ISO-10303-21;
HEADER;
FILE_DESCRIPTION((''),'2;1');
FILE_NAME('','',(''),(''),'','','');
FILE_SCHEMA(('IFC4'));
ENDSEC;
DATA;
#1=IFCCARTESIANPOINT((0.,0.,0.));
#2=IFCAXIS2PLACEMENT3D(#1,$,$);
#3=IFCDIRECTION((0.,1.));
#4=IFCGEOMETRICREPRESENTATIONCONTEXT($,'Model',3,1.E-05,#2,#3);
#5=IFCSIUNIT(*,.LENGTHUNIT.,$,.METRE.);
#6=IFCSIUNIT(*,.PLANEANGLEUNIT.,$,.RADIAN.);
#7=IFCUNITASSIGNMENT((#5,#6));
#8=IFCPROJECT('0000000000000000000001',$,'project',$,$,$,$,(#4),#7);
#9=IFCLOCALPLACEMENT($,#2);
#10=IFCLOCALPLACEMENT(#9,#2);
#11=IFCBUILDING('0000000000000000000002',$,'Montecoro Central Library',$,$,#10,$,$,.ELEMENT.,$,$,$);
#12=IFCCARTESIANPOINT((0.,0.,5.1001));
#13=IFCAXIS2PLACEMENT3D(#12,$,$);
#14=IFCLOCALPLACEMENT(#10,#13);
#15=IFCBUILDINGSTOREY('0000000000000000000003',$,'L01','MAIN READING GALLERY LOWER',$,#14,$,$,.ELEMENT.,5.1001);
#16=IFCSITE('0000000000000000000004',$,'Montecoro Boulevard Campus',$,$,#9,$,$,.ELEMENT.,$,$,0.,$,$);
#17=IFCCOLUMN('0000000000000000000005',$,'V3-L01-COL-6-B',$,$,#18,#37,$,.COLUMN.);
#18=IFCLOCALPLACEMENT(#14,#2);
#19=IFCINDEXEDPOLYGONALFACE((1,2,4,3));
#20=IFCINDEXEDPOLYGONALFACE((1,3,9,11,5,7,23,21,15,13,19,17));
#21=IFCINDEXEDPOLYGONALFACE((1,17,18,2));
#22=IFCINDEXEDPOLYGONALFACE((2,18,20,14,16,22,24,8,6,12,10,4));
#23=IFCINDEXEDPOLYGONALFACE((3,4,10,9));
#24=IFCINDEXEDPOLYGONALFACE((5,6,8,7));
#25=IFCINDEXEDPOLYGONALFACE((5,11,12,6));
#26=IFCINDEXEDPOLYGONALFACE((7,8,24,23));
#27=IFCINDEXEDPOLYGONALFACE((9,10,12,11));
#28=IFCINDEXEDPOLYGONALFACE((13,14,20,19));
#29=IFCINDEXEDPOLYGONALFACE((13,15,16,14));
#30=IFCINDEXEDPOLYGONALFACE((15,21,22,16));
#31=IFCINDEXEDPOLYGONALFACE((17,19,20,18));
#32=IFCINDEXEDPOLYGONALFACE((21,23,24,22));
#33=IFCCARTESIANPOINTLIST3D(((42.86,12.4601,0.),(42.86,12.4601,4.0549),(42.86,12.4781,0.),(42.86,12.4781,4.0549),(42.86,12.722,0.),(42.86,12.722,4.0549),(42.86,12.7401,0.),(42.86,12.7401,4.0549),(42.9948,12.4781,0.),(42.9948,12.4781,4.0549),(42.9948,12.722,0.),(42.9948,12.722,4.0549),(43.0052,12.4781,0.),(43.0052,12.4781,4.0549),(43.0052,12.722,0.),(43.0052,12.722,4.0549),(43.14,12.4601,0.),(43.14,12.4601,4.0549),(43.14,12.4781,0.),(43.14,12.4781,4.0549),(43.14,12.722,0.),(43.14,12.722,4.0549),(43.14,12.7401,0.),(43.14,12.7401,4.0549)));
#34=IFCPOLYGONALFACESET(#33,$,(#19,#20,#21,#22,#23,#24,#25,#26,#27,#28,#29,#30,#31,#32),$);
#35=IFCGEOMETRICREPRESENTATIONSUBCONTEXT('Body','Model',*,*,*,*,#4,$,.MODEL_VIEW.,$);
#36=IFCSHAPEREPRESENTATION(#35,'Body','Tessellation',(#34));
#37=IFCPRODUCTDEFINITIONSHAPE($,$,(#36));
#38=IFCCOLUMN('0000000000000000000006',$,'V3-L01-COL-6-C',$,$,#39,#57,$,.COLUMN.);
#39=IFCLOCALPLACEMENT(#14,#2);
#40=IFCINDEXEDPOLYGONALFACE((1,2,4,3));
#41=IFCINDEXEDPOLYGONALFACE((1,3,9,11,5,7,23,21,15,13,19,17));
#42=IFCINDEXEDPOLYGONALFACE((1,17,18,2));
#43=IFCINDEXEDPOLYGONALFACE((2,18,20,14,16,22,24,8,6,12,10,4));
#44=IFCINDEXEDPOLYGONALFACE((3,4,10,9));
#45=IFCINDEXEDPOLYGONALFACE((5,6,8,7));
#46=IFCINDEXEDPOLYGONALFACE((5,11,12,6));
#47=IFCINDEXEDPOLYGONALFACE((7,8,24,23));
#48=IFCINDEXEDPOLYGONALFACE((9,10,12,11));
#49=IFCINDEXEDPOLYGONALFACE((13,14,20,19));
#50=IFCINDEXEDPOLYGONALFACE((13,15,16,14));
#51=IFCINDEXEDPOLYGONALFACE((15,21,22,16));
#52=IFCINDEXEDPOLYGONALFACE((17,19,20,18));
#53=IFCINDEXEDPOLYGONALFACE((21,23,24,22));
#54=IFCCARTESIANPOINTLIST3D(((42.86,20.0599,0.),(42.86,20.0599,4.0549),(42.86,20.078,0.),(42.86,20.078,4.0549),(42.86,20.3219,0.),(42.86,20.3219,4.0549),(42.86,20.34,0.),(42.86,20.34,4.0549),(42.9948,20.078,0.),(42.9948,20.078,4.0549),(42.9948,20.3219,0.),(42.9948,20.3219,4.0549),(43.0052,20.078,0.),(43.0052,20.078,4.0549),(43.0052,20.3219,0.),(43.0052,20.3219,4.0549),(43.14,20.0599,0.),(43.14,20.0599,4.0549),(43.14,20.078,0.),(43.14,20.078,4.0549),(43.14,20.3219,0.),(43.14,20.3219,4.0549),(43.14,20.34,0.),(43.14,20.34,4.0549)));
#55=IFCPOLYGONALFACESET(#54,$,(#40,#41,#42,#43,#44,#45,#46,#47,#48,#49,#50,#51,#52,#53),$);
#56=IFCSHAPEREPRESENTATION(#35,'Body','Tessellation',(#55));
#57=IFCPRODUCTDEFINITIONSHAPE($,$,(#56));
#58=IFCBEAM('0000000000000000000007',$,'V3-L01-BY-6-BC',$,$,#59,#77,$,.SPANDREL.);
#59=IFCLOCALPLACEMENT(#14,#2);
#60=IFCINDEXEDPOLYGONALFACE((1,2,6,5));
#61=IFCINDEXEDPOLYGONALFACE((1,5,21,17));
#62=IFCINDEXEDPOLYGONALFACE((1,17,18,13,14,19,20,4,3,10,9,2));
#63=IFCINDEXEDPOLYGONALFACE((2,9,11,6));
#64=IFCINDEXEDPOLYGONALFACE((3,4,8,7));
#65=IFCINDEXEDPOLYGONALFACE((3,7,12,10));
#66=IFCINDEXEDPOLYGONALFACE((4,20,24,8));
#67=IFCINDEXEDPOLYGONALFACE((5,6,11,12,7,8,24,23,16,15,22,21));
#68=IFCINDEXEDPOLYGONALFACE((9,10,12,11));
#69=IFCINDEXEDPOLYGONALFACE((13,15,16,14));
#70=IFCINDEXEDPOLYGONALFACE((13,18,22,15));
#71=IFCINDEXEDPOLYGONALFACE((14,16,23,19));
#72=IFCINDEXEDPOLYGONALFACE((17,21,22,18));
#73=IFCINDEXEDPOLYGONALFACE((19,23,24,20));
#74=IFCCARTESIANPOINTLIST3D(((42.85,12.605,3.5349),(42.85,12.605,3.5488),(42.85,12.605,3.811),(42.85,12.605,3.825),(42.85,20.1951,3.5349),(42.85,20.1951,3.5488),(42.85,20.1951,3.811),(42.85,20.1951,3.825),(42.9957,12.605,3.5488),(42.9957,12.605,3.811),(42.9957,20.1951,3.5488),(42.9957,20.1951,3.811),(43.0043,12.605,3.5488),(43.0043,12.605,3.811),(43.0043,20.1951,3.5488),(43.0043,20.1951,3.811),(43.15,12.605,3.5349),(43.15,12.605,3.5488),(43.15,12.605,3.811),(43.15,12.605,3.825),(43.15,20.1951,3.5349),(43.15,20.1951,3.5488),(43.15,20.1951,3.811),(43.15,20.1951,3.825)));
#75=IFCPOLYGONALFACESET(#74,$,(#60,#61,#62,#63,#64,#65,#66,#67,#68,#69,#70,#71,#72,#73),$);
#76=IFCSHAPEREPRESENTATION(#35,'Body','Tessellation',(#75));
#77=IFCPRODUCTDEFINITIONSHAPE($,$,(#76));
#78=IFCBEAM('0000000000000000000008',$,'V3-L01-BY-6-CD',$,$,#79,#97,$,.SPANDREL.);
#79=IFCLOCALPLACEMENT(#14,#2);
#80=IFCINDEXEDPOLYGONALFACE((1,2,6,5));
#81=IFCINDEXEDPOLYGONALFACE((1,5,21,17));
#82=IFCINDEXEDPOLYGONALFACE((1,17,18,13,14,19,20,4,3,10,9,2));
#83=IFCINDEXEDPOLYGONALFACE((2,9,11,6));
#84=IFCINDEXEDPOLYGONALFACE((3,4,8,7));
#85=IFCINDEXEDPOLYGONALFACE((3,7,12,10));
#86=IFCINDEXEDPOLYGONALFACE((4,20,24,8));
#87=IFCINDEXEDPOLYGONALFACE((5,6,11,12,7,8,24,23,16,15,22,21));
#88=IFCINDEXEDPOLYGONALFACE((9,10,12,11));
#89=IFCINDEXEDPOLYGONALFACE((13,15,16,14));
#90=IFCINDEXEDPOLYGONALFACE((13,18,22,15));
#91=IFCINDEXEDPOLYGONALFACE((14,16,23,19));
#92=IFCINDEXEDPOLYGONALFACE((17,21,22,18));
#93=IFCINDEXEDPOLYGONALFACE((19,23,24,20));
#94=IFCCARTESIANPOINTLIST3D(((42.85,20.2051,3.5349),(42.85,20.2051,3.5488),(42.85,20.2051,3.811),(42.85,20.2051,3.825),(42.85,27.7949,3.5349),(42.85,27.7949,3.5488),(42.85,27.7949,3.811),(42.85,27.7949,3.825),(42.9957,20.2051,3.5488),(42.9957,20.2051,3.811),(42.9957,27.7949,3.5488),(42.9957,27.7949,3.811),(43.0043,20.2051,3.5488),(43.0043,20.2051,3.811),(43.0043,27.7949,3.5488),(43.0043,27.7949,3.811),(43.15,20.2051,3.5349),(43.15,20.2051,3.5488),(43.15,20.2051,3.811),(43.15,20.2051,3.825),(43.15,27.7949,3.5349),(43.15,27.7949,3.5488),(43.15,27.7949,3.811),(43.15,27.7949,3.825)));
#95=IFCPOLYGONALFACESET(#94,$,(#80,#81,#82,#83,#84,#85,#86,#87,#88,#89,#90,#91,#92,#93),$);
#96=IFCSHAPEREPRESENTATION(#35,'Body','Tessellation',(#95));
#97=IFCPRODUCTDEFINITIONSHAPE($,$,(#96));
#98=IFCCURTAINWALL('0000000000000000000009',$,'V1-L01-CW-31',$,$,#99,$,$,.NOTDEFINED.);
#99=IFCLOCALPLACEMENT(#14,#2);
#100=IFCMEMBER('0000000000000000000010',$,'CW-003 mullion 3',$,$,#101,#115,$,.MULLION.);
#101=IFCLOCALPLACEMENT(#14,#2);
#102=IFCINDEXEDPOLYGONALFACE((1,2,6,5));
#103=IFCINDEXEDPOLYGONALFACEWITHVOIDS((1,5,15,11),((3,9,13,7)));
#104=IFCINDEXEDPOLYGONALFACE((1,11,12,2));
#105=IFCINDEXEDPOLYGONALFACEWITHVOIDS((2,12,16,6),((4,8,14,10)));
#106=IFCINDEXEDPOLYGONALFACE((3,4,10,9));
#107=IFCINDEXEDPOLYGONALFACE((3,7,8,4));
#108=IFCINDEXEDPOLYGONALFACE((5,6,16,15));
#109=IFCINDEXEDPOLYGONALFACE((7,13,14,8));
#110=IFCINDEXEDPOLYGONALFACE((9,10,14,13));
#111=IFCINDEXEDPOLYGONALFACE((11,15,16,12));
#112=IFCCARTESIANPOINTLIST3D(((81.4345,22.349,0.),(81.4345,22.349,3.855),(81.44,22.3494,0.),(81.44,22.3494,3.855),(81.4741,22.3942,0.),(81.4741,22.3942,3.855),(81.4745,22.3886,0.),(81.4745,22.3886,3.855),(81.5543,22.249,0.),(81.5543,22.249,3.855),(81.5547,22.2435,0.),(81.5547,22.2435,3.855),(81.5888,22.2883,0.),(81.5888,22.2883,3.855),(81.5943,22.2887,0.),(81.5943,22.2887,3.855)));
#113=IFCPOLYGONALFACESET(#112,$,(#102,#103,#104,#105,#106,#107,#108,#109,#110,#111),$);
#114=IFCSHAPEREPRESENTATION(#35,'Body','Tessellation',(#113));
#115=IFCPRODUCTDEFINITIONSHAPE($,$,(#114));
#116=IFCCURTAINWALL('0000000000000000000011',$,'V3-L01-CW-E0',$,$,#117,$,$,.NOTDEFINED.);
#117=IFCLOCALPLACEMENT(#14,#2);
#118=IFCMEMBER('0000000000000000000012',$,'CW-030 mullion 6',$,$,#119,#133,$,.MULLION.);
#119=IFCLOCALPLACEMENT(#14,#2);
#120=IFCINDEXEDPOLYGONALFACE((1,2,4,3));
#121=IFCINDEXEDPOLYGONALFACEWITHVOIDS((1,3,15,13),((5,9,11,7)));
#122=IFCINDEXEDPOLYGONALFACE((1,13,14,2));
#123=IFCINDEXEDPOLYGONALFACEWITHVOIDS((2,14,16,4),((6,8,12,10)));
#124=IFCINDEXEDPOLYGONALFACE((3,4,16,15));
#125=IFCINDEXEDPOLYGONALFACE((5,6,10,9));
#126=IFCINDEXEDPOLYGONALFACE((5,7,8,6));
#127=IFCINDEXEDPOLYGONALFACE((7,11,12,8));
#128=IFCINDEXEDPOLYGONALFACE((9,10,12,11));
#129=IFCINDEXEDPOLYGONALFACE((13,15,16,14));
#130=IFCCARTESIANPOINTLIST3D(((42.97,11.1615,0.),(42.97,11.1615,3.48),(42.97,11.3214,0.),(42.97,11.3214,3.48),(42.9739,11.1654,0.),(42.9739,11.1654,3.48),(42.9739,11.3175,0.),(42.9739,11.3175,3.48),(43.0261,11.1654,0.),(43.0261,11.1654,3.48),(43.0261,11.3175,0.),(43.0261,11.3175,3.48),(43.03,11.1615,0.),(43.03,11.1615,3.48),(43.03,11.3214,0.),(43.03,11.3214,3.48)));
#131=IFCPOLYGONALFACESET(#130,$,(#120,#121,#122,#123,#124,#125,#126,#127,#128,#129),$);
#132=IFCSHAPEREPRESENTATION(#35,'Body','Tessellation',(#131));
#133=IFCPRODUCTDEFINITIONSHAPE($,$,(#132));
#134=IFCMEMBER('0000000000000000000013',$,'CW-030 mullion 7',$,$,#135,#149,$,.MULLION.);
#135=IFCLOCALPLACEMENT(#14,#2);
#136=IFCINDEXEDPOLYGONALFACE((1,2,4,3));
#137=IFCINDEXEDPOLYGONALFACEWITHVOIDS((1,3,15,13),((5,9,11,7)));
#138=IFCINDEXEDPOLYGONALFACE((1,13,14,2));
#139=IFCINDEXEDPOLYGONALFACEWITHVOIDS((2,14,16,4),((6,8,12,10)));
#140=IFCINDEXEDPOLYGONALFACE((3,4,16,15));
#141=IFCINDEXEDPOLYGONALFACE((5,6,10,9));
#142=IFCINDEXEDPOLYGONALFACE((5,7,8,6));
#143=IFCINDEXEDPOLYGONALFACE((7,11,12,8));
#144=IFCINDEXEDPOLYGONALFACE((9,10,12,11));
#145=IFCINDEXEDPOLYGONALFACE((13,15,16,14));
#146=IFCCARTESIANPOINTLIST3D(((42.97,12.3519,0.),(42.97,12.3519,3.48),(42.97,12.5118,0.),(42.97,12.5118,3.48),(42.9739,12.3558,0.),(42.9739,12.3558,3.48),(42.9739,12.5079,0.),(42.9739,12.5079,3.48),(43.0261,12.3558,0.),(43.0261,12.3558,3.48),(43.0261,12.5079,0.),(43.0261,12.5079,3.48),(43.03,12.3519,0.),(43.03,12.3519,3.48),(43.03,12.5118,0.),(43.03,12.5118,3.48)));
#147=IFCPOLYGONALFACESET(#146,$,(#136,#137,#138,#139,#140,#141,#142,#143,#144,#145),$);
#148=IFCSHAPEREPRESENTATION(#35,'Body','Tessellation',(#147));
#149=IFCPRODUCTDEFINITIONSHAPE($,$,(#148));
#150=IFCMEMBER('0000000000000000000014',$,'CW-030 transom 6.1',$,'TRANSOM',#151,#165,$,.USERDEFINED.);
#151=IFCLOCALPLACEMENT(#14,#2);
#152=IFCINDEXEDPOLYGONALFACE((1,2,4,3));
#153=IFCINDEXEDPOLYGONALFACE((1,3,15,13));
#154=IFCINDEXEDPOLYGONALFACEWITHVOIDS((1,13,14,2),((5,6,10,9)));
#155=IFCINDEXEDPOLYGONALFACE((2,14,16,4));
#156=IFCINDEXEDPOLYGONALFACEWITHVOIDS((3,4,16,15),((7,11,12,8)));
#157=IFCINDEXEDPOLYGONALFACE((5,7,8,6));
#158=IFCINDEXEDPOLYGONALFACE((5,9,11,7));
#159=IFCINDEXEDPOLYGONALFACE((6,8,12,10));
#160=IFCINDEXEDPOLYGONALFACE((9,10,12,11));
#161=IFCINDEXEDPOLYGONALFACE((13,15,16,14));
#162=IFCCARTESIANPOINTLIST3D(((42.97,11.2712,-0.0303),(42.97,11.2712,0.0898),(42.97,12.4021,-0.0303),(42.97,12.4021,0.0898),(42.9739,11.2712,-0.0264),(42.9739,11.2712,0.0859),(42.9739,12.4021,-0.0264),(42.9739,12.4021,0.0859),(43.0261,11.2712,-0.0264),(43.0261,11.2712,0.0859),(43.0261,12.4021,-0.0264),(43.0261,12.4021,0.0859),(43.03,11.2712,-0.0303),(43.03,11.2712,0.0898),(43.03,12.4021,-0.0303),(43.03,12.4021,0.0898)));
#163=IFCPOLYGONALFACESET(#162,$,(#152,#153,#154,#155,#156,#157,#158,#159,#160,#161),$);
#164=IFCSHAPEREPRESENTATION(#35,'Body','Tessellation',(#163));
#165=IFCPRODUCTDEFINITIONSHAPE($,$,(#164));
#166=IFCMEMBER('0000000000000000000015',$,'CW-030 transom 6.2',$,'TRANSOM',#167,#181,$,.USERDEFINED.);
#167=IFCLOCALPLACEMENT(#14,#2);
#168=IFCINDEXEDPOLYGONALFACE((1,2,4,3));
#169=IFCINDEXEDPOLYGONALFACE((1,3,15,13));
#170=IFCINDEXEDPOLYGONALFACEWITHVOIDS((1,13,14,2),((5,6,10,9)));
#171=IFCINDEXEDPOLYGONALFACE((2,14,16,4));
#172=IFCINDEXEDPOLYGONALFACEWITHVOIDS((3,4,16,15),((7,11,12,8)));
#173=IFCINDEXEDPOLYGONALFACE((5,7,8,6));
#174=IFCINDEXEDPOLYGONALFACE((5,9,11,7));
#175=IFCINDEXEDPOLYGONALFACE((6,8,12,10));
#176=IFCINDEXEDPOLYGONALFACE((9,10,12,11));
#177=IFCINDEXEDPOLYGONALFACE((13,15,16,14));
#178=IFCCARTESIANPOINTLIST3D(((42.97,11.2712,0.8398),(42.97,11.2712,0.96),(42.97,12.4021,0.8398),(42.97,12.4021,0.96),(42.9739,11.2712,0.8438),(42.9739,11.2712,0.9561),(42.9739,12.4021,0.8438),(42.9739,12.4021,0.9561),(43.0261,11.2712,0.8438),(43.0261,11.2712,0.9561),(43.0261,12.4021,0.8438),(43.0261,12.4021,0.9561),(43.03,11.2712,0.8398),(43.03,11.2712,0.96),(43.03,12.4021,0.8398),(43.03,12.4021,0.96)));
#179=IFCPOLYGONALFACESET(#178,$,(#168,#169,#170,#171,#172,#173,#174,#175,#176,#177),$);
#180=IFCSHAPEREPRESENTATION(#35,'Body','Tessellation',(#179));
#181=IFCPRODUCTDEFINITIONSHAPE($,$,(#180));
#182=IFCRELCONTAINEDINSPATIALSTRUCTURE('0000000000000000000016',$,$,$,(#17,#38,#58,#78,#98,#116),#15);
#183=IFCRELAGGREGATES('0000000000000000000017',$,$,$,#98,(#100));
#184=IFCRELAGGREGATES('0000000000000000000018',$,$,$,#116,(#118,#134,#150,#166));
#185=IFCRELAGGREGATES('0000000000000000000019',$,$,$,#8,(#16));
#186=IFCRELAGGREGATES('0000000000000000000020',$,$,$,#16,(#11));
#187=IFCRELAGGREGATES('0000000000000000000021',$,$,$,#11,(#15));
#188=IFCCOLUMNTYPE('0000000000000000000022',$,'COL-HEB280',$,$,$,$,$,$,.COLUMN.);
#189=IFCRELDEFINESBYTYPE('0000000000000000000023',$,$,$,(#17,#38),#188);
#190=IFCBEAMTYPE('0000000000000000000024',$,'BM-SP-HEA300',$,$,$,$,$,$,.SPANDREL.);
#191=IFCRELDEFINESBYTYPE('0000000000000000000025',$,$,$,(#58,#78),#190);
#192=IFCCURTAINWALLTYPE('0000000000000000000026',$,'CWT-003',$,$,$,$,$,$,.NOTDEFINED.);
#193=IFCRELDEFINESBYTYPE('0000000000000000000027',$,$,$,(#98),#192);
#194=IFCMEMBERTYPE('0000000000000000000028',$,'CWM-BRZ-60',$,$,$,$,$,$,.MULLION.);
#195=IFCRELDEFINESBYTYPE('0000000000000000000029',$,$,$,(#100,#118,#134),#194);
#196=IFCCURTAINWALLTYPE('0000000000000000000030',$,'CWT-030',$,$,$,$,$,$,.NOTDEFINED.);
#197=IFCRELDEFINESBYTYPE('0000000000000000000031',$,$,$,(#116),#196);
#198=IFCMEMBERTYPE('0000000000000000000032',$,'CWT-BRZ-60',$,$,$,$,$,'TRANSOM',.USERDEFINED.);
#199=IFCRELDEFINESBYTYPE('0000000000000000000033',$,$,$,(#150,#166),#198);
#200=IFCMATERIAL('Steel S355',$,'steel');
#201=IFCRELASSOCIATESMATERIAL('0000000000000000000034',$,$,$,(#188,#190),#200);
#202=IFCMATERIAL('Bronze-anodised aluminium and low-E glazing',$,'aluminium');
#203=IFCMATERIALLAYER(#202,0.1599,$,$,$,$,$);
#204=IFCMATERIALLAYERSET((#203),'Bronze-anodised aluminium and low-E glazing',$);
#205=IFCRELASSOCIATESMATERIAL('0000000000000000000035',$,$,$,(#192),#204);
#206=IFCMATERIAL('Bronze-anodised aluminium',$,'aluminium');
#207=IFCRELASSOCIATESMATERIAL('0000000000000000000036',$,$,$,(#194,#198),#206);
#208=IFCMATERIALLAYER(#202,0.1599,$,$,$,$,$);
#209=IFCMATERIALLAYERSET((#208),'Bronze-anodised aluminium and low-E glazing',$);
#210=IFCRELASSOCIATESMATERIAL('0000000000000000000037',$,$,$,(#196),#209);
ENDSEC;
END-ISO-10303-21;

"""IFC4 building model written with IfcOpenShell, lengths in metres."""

from ifc_helpers import new_model, si_unit, direction, frame, origin, origin_2d, place, context, subcontext, project, spatial, hollow_rectangle, i_section, extrude, material, layer, layer_set, material_profile, profile_set, type_object, element, aggregate, save


model = new_model("IFC4")

# Units and contexts
model_context = context("Model", 3, precision=1e-05, world=origin(), true_north=direction((0.0, 1.0)))
body_context = subcontext(model_context, "Body", "Model", "MODEL_VIEW")
ifc_project = project(units=[si_unit("LENGTHUNIT", "METRE"), si_unit("PLANEANGLEUNIT", "RADIAN")], contexts=[model_context])

# Site, building, storey
site_placement = place(None, origin())
site = spatial("IfcSite", under=ifc_project, at=site_placement, Name="Montecoro Boulevard Campus", CompositionType="ELEMENT", RefElevation=0.0)
building_placement = place(site_placement, origin())
building = spatial("IfcBuilding", under=site, at=building_placement, Name="Montecoro Central Library", CompositionType="ELEMENT")
storey_placement = place(building_placement, frame((0.0, 0.0, 5.1001)))
storey = spatial("IfcBuildingStorey", under=building, at=storey_placement, Name="L01", Description="MAIN READING GALLERY LOWER", CompositionType="ELEMENT", Elevation=5.1001)

# Columns
ifc_material_1 = material(Name="Steel S355", Category="steel")
ifc_material_profile_1 = material_profile(ifc_material_1, i_section(OverallWidth=0.28, OverallDepth=0.28, WebThickness=0.0105, FlangeThickness=0.0181, at=origin_2d()), Name="HEB 280")
ifc_profile_set_1 = profile_set([ifc_material_profile_1], Name="Steel S355")
column_type = type_object("IfcColumnType", Name="COL-HEB280", PredefinedType="COLUMN", material=ifc_profile_set_1)
for number, where, z_axis, x_axis, name in (
    (1, (43.0, 12.6001, 0.0), (0.0, 0.0, 1.0), (1.0, 0.0, 0.0), "V3-L01-COL-6-B"),
    (2, (43.0, 20.2, 0.0), (0.0, 0.0, 1.0), (1.0, 0.0, 0.0), "V3-L01-COL-6-C"),
):
    element("IfcColumn", number, at=place(storey_placement, frame(where, z_axis=z_axis, x_axis=x_axis)), inside=storey, type_object=column_type, Name=name, PredefinedType="COLUMN", context=body_context, shape_type="SweptSolid", body=[
        extrude(i_section(OverallWidth=0.28, OverallDepth=0.28, WebThickness=0.0105, FlangeThickness=0.0181, at=origin_2d()), origin(), (0.0, 0.0, 1.0), 4.0549),
    ])

# Beams
ifc_material_profile_2 = material_profile(ifc_material_1, i_section(OverallWidth=0.3, OverallDepth=0.29, WebThickness=0.0085, FlangeThickness=0.0139, at=origin_2d()), Name="HEA 300")
ifc_profile_set_2 = profile_set([ifc_material_profile_2], Name="Steel S355")
beam_type = type_object("IfcBeamType", Name="BM-SP-HEA300", PredefinedType="SPANDREL", material=ifc_profile_set_2)
beam_1_placement = place(storey_placement, frame((43.0, 12.605, 3.6799), z_axis=(0.0, 1.0, 0.0), x_axis=(-1.0, 0.0, 0.0)))
element("IfcBeam", 3, at=beam_1_placement, inside=storey, type_object=beam_type, Name="V3-L01-BY-6-BC", PredefinedType="SPANDREL", context=body_context, shape_type="SweptSolid", body=[
    extrude(i_section(OverallWidth=0.3, OverallDepth=0.29, WebThickness=0.0085, FlangeThickness=0.0139, at=origin_2d()), origin(), (0.0, 0.0, 1.0), 7.5901),
])
beam_2_placement = place(storey_placement, frame((43.0, 20.2051, 3.6799), z_axis=(0.0, 1.0, 0.0), x_axis=(-1.0, 0.0, 0.0)))
element("IfcBeam", 4, at=beam_2_placement, inside=storey, type_object=beam_type, Name="V3-L01-BY-6-CD", PredefinedType="SPANDREL", context=body_context, shape_type="SweptSolid", body=[
    extrude(i_section(OverallWidth=0.3, OverallDepth=0.29, WebThickness=0.0085, FlangeThickness=0.0139, at=origin_2d()), origin(), (0.0, 0.0, 1.0), 7.5898),
])

# Curtain wall, member
ifc_material_2 = material(Name="Bronze-anodised aluminium and low-E glazing", Category="aluminium")
ifc_layer_1 = layer(ifc_material_2, 0.1599)
ifc_layer_set_1 = layer_set([ifc_layer_1], Name="Bronze-anodised aluminium and low-E glazing")
curtain_wall_type_1 = type_object("IfcCurtainWallType", Name="CWT-003", PredefinedType="NOTDEFINED", material=ifc_layer_set_1)
curtain_wall_1_placement = place(storey_placement, origin())
curtain_wall_1 = element("IfcCurtainWall", 5, at=curtain_wall_1_placement, inside=storey, type_object=curtain_wall_type_1, Name="V1-L01-CW-31", PredefinedType="NOTDEFINED")
ifc_material_3 = material(Name="Bronze-anodised aluminium", Category="aluminium")
ifc_material_profile_3 = material_profile(ifc_material_3, hollow_rectangle(XDim=0.0601, YDim=0.1599, WallThickness=0.0039, at=origin_2d()), Name="CWM 160x60x4.0")
ifc_profile_set_3 = profile_set([ifc_material_profile_3], Name="Bronze-anodised aluminium")
member_type_1 = type_object("IfcMemberType", Name="CWM-BRZ-60", PredefinedType="MULLION", material=ifc_profile_set_3)
member_1_placement = place(storey_placement, frame((81.5144, 22.3188, 0.0), z_axis=(0.0, 0.0, 1.0), x_axis=(0.659692, 0.751536, 0.0)))
member_1 = element("IfcMember", 6, at=member_1_placement, type_object=member_type_1, Name="CW-003 mullion 3", PredefinedType="MULLION", context=body_context, shape_type="SweptSolid", body=[
    extrude(hollow_rectangle(XDim=0.0601, YDim=0.1599, WallThickness=0.0039, at=origin_2d()), origin(), (0.0, 0.0, 1.0), 3.855),
])

# Curtain wall, members
ifc_layer_2 = layer(ifc_material_2, 0.1599)
ifc_layer_set_2 = layer_set([ifc_layer_2], Name="Bronze-anodised aluminium and low-E glazing")
curtain_wall_type_2 = type_object("IfcCurtainWallType", Name="CWT-030", PredefinedType="NOTDEFINED", material=ifc_layer_set_2)
curtain_wall_2_placement = place(storey_placement, origin())
curtain_wall_2 = element("IfcCurtainWall", 7, at=curtain_wall_2_placement, inside=storey, type_object=curtain_wall_type_2, Name="V3-L01-CW-E0", PredefinedType="NOTDEFINED")
member_2_placement = place(storey_placement, frame((43.0, 11.2415, 0.0), z_axis=(0.0, 0.0, 1.0), x_axis=(-1.0, 0.0, 0.0)))
member_2 = element("IfcMember", 8, at=member_2_placement, type_object=member_type_1, Name="CW-030 mullion 6", PredefinedType="MULLION", context=body_context, shape_type="SweptSolid", body=[
    extrude(hollow_rectangle(XDim=0.0601, YDim=0.1599, WallThickness=0.0039, at=origin_2d()), origin(), (0.0, 0.0, 1.0), 3.48),
])
member_3_placement = place(storey_placement, frame((43.0, 12.4319, 0.0), z_axis=(0.0, 0.0, 1.0), x_axis=(-1.0, 0.0, 0.0)))
member_3 = element("IfcMember", 9, at=member_3_placement, type_object=member_type_1, Name="CW-030 mullion 7", PredefinedType="MULLION", context=body_context, shape_type="SweptSolid", body=[
    extrude(hollow_rectangle(XDim=0.0601, YDim=0.1599, WallThickness=0.0039, at=origin_2d()), origin(), (0.0, 0.0, 1.0), 3.48),
])
ifc_material_profile_4 = material_profile(ifc_material_3, hollow_rectangle(XDim=0.0601, YDim=0.1201, WallThickness=0.0039, at=origin_2d()), Name="CWT 120x60x4.0")
ifc_profile_set_4 = profile_set([ifc_material_profile_4], Name="Bronze-anodised aluminium")
member_type_2 = type_object("IfcMemberType", Name="CWT-BRZ-60", ElementType="TRANSOM", PredefinedType="USERDEFINED", material=ifc_profile_set_4)
member_4_placement = place(storey_placement, frame((43.0, 11.2712, 0.0298), z_axis=(0.0, 1.0, 0.0), x_axis=(-1.0, 0.0, 0.0)))
member_4 = element("IfcMember", 10, at=member_4_placement, type_object=member_type_2, Name="CW-030 transom 6.1", ObjectType="TRANSOM", PredefinedType="USERDEFINED", context=body_context, shape_type="SweptSolid", body=[
    extrude(hollow_rectangle(XDim=0.0601, YDim=0.1201, WallThickness=0.0039, at=origin_2d()), origin(), (0.0, 0.0, 1.0), 1.1309),
])
member_5_placement = place(storey_placement, frame((43.0, 11.2712, 0.8999), z_axis=(0.0, 1.0, 0.0), x_axis=(-1.0, 0.0, 0.0)))
member_5 = element("IfcMember", 11, at=member_5_placement, type_object=member_type_2, Name="CW-030 transom 6.2", ObjectType="TRANSOM", PredefinedType="USERDEFINED", context=body_context, shape_type="SweptSolid", body=[
    extrude(hollow_rectangle(XDim=0.0601, YDim=0.1201, WallThickness=0.0039, at=origin_2d()), origin(), (0.0, 0.0, 1.0), 1.1309),
])

aggregate(curtain_wall_1, [member_1])
aggregate(curtain_wall_2, [member_2, member_3, member_4, member_5])

save(model, "model.ifc")
